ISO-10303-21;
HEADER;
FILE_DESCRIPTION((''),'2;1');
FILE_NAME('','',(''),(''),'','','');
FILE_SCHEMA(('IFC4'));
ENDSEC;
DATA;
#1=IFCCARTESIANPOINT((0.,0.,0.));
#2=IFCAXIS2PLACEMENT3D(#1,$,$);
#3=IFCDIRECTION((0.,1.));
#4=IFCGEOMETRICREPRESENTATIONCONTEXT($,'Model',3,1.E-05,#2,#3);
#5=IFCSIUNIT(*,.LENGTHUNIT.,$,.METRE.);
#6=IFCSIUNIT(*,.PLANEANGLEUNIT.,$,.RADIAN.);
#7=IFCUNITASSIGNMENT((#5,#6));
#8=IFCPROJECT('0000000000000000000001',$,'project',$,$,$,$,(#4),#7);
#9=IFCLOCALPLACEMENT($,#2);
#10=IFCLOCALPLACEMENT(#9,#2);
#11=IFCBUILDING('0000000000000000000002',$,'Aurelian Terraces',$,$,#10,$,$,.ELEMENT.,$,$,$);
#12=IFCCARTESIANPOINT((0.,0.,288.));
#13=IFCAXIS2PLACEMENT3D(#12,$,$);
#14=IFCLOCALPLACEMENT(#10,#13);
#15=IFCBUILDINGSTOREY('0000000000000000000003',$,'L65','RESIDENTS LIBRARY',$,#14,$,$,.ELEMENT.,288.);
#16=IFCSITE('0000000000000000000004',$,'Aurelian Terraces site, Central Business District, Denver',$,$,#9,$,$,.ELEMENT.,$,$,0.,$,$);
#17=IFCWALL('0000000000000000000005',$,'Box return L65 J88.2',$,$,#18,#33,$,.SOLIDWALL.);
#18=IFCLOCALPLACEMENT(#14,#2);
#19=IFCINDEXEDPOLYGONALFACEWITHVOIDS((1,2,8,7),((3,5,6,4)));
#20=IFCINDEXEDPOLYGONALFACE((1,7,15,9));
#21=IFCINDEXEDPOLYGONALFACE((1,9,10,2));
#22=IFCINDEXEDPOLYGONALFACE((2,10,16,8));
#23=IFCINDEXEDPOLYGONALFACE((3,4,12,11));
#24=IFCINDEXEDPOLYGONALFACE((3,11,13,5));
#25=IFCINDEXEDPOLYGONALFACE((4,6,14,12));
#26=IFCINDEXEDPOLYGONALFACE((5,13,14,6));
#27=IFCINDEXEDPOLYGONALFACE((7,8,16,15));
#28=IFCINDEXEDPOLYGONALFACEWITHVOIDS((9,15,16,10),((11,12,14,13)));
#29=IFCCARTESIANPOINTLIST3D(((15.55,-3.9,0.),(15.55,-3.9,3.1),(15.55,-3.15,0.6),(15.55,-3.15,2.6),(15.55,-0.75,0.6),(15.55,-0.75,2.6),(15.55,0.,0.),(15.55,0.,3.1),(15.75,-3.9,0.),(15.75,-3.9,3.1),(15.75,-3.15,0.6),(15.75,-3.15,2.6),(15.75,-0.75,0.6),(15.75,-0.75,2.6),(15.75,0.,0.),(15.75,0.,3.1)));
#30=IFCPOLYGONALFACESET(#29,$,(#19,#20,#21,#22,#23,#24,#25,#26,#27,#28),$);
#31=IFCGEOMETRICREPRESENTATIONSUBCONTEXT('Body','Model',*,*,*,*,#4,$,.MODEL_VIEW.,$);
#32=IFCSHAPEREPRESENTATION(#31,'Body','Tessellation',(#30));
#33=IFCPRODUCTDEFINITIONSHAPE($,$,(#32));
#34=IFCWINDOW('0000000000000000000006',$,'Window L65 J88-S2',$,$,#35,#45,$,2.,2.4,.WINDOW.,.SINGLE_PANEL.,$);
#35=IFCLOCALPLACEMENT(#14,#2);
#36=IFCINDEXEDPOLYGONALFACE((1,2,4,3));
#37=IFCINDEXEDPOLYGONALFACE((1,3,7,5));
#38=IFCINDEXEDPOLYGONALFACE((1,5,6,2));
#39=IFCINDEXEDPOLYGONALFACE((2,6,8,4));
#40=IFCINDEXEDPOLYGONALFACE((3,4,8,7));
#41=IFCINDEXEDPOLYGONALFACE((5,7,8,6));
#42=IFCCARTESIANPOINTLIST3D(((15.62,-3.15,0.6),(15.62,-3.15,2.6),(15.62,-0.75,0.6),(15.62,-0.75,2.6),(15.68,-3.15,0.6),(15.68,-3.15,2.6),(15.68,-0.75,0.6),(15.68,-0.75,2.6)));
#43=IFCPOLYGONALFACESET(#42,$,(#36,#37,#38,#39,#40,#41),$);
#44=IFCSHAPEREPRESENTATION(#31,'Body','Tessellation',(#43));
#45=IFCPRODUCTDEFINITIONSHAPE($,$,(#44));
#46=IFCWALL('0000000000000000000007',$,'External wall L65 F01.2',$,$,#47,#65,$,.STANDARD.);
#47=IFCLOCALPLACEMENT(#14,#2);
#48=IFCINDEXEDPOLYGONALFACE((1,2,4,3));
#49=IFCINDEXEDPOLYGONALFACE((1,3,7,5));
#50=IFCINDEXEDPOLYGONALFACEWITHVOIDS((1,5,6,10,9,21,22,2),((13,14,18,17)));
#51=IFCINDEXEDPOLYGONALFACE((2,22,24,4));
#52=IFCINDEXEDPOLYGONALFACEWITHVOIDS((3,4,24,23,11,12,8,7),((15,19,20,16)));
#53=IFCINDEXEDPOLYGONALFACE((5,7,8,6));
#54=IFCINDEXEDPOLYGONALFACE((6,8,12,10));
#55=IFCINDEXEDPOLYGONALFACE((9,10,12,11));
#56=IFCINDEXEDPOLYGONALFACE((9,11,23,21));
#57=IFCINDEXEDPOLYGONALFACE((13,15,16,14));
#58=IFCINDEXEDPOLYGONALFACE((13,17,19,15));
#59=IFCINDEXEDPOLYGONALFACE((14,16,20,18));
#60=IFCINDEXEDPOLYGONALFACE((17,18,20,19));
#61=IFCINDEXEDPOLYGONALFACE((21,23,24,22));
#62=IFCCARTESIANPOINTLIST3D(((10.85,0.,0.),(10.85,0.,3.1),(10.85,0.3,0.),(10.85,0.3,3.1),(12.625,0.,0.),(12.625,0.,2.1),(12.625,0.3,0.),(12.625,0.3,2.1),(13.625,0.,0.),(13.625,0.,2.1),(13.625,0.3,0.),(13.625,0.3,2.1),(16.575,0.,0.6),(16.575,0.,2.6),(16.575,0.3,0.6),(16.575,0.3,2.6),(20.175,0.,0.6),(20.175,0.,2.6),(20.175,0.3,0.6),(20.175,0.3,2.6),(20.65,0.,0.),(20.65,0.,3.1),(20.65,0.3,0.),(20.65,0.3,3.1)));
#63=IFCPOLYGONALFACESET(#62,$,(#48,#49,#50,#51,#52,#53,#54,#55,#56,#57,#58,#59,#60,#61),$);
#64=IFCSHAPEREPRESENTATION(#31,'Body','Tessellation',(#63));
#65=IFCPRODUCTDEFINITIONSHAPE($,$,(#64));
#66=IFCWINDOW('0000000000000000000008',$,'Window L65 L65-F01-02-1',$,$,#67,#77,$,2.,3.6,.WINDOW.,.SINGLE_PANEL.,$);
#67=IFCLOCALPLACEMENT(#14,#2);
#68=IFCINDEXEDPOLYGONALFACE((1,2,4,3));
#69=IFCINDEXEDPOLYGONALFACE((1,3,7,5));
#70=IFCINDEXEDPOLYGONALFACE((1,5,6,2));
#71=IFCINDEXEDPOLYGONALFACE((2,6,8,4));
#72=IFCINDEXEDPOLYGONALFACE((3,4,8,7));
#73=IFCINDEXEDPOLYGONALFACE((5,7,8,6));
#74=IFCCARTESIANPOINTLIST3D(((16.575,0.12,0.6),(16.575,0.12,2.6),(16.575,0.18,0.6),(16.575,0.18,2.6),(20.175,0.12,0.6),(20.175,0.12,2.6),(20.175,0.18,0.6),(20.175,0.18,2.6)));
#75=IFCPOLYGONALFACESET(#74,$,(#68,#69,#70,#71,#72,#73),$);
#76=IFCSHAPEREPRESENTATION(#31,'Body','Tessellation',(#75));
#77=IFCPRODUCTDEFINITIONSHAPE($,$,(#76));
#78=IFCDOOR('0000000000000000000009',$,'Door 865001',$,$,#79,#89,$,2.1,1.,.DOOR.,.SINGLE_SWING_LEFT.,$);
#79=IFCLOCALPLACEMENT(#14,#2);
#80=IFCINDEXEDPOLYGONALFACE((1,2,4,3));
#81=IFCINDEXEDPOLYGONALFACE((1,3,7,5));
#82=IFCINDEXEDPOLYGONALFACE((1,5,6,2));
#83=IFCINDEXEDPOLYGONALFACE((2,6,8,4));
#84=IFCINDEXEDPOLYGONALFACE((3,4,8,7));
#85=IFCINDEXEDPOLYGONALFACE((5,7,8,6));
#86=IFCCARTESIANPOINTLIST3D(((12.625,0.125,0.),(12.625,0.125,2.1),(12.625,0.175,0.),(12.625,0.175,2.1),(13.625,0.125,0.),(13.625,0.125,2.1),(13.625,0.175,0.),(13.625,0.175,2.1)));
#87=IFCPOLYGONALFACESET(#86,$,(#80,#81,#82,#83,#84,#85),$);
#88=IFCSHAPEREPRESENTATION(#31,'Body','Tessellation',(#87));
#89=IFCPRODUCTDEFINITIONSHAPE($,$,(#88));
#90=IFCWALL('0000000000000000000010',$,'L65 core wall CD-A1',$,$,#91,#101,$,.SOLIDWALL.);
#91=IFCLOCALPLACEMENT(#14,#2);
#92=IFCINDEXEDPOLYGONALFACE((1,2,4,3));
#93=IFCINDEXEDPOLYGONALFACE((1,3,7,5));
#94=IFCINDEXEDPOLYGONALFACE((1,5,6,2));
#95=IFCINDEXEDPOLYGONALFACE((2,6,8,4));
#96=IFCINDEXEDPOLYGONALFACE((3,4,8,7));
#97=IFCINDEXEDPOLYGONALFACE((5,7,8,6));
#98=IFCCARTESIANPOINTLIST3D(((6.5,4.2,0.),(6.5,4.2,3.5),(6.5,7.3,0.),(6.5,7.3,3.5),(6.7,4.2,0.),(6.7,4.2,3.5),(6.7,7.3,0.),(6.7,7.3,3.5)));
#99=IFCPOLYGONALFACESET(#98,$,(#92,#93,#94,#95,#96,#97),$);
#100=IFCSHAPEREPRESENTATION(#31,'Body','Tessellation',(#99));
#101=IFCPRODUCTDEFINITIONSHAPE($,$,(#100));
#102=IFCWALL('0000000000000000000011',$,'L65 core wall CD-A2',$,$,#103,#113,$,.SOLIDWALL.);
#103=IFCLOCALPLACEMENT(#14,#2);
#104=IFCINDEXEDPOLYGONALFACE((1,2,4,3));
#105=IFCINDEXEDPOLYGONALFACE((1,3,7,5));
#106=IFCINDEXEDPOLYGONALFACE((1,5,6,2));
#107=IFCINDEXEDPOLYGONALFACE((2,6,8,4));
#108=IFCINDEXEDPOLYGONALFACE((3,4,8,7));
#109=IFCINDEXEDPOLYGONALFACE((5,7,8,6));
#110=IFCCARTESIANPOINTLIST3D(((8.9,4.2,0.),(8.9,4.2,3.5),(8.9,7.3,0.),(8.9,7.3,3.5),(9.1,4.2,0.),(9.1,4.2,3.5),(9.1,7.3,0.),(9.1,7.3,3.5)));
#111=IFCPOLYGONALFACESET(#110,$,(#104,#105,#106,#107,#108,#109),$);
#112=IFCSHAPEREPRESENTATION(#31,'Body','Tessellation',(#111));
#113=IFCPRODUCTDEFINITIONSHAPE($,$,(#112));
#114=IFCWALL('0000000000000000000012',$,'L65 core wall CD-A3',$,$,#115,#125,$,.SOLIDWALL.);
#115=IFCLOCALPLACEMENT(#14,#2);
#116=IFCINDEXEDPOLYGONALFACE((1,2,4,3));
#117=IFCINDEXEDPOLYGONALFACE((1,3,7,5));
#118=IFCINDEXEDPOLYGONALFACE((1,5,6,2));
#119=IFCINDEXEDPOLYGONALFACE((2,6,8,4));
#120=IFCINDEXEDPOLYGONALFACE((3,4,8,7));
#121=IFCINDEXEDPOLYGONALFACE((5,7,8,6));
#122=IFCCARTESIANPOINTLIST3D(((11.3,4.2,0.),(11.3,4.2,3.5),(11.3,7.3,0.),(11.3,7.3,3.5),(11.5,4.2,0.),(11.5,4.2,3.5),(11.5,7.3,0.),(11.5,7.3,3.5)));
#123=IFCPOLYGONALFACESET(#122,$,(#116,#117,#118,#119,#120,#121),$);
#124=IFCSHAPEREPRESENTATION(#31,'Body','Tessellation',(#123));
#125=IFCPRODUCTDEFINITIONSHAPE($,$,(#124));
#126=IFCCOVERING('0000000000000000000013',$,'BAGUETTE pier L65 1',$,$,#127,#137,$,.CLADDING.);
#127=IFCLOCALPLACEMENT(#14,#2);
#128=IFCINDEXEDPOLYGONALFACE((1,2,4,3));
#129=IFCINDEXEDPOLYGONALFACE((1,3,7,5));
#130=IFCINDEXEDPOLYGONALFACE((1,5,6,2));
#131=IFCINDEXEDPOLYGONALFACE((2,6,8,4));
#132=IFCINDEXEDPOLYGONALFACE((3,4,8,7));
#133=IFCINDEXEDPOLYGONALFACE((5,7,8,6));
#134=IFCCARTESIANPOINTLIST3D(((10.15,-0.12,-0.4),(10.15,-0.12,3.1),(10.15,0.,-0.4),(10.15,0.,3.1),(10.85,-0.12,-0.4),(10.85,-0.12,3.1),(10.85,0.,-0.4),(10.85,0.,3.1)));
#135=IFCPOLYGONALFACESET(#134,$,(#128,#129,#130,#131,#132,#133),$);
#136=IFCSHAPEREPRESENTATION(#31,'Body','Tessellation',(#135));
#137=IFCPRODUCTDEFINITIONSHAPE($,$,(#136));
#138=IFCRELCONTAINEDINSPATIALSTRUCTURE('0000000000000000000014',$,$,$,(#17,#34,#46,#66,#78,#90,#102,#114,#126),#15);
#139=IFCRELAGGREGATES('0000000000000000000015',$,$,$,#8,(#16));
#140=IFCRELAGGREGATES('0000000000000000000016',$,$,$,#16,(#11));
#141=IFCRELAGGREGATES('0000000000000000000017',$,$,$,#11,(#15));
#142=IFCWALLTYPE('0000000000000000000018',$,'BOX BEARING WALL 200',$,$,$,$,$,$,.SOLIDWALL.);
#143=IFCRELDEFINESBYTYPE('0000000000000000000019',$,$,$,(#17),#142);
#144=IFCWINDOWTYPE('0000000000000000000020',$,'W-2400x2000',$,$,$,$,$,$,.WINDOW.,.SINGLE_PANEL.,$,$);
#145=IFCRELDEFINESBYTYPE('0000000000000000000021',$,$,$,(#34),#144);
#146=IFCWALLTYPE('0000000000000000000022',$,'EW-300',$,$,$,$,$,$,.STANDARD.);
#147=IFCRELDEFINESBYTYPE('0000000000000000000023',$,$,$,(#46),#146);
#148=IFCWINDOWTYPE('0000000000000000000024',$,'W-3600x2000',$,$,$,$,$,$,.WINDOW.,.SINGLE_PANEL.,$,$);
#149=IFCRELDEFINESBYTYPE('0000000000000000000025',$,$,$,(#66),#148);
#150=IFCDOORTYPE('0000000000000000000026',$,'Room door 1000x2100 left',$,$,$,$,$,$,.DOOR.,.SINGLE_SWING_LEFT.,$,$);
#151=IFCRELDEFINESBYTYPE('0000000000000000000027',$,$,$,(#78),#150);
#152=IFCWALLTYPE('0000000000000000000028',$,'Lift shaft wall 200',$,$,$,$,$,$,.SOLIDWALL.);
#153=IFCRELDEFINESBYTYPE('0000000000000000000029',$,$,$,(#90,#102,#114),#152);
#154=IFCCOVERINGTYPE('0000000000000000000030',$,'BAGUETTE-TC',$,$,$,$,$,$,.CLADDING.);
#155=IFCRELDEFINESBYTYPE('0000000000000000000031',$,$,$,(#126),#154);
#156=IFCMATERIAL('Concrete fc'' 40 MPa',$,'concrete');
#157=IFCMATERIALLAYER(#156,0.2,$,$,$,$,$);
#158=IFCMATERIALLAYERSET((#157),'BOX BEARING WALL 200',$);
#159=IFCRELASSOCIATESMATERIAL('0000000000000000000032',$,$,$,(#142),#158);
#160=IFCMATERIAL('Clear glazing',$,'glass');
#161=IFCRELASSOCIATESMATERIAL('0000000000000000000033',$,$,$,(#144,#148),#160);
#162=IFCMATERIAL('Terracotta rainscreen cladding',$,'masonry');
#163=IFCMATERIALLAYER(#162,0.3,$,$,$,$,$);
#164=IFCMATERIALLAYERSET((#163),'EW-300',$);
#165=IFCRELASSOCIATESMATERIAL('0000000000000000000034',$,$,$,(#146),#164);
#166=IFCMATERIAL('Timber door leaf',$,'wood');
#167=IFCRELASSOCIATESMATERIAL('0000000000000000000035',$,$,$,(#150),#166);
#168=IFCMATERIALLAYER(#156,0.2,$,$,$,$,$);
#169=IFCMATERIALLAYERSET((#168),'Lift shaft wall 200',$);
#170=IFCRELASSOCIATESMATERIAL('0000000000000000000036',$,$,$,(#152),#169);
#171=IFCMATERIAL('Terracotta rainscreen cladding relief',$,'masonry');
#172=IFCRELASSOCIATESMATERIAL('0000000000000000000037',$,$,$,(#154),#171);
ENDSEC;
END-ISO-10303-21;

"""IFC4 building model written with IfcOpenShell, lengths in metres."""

from ifc_helpers import new_model, si_unit, direction, frame, frame_2d, origin, origin_2d, place, context, subcontext, project, spatial, rectangle, extrude, source, transform, mapped, material, layer, layer_set, type_object, element, fill, save


model = new_model("IFC4")

# Units and contexts
model_context = context("Model", 3, precision=1e-05, world=origin(), true_north=direction((0.0, 1.0)))
body_context = subcontext(model_context, "Body", "Model", "MODEL_VIEW")
ifc_project = project(units=[si_unit("LENGTHUNIT", "METRE"), si_unit("PLANEANGLEUNIT", "RADIAN")], contexts=[model_context])

# Site, building, storey
site_placement = place(None, origin())
site = spatial("IfcSite", under=ifc_project, at=site_placement, Name="Aurelian Terraces site, Central Business District, Denver", CompositionType="ELEMENT", RefElevation=0.0)
building_placement = place(site_placement, origin())
building = spatial("IfcBuilding", under=site, at=building_placement, Name="Aurelian Terraces", CompositionType="ELEMENT")
storey_placement = place(building_placement, frame((0.0, 0.0, 288.0)))
storey = spatial("IfcBuildingStorey", under=building, at=storey_placement, Name="L65", Description="RESIDENTS LIBRARY", CompositionType="ELEMENT", Elevation=288.0)

# Shared definitions
ifc_material_1 = material(Name="Concrete fc' 40 MPa", Category="concrete")
ifc_layer_1 = layer(ifc_material_1, 0.2)
ifc_layer_set_1 = layer_set([ifc_layer_1], Name="BOX BEARING WALL 200")
wall_type_1 = type_object("IfcWallType", Name="BOX BEARING WALL 200", PredefinedType="SOLIDWALL", material=ifc_layer_set_1)
shared_shape_1 = source(origin(), body_context, "Body", "SweptSolid", [
    extrude(rectangle(XDim=2.4, YDim=2.0, at=frame_2d((1.2, 1.0))), frame((0.0, 0.11, 0.0), z_axis=(0.0, -1.0, 0.0), x_axis=(1.0, 0.0, 0.0)), (0.0, 0.0, 1.0), 0.22),
])
ifc_material_2 = material(Name="Clear glazing", Category="glass")
window_type_1 = type_object("IfcWindowType", Name="W-2400x2000", PartitioningType="SINGLE_PANEL", PredefinedType="WINDOW", material=ifc_material_2)
shared_shape_2 = source(origin(), body_context, "Body", "SweptSolid", [
    extrude(rectangle(XDim=2.4, YDim=2.0, at=frame_2d((1.2, 1.0))), frame((0.0, 0.03, 0.0), z_axis=(0.0, -1.0, 0.0), x_axis=(1.0, 0.0, 0.0)), (0.0, 0.0, 1.0), 0.06),
])
shared_shape_3 = source(origin(), body_context, "Body", "SweptSolid", [
    extrude(rectangle(XDim=3.6, YDim=2.0, at=frame_2d((1.8, 1.0))), frame((0.0, 0.16, 0.0), z_axis=(0.0, -1.0, 0.0), x_axis=(1.0, 0.0, 0.0)), (0.0, 0.0, 1.0), 0.32),
])
window_type_2 = type_object("IfcWindowType", Name="W-3600x2000", PartitioningType="SINGLE_PANEL", PredefinedType="WINDOW", material=ifc_material_2)
shared_shape_4 = source(origin(), body_context, "Body", "SweptSolid", [
    extrude(rectangle(XDim=3.6, YDim=2.0, at=frame_2d((1.8, 1.0))), frame((0.0, 0.03, 0.0), z_axis=(0.0, -1.0, 0.0), x_axis=(1.0, 0.0, 0.0)), (0.0, 0.0, 1.0), 0.06),
])

# Wall, opening, window
ifc_material_3 = material(Name="Terracotta rainscreen cladding", Category="masonry")
ifc_layer_2 = layer(ifc_material_3, 0.3)
ifc_layer_set_2 = layer_set([ifc_layer_2], Name="EW-300")
wall_type_2 = type_object("IfcWallType", Name="EW-300", PredefinedType="STANDARD", material=ifc_layer_set_2)
shared_shape_5 = source(origin(), body_context, "Body", "SweptSolid", [
    extrude(rectangle(XDim=3.9, YDim=0.2, at=frame_2d((1.95, 0.0))), origin(), (0.0, 0.0, 1.0), 3.1),
])
wall_1_placement = place(storey_placement, frame((15.65, 0.0, 0.0), z_axis=(0.0, 0.0, 1.0), x_axis=(0.0, -1.0, 0.0)))
wall_1 = element("IfcWall", 1, at=wall_1_placement, inside=storey, type_object=wall_type_1, Name="Box return L65 J88.2", PredefinedType="SOLIDWALL", context=body_context, shape_type="MappedRepresentation", body=[
    mapped(shared_shape_5, transform((0.0, 0.0, 0.0), scale=1.0)),
])
opening_1_placement = place(wall_1_placement, frame((0.75, 0.0, 0.6)))
opening_1 = element("IfcOpeningElement", 2, at=opening_1_placement, cuts=wall_1, PredefinedType="OPENING", context=body_context, shape_type="MappedRepresentation", body=[
    mapped(shared_shape_1, transform((0.0, 0.0, 0.0), scale=1.0)),
])
window_1_placement = place(opening_1_placement, origin())
window_1 = element("IfcWindow", 3, at=window_1_placement, inside=storey, type_object=window_type_1, Name="Window L65 J88-S2", OverallHeight=2.0, OverallWidth=2.4, PartitioningType="SINGLE_PANEL", PredefinedType="WINDOW", context=body_context, shape_type="MappedRepresentation", body=[
    mapped(shared_shape_2, transform((0.0, 0.0, 0.0), scale=1.0)),
])
fill(opening_1, window_1)

# Wall, openings, window, door
shared_shape_6 = source(origin(), body_context, "Body", "SweptSolid", [
    extrude(rectangle(XDim=9.8, YDim=0.3, at=frame_2d((4.9, 0.0))), origin(), (0.0, 0.0, 1.0), 3.1),
])
wall_2_placement = place(storey_placement, frame((10.85, 0.15, 0.0), z_axis=(0.0, 0.0, 1.0), x_axis=(1.0, 0.0, 0.0)))
wall_2 = element("IfcWall", 4, at=wall_2_placement, inside=storey, type_object=wall_type_2, Name="External wall L65 F01.2", PredefinedType="STANDARD", context=body_context, shape_type="MappedRepresentation", body=[
    mapped(shared_shape_6, transform((0.0, 0.0, 0.0), scale=1.0)),
])
opening_2_placement = place(wall_2_placement, frame((5.725, 0.0, 0.6)))
opening_2 = element("IfcOpeningElement", 5, at=opening_2_placement, cuts=wall_2, PredefinedType="OPENING", context=body_context, shape_type="MappedRepresentation", body=[
    mapped(shared_shape_3, transform((0.0, 0.0, 0.0), scale=1.0)),
])
shared_shape_7 = source(origin(), body_context, "Body", "SweptSolid", [
    extrude(rectangle(XDim=1.0, YDim=2.1, at=frame_2d((0.5, 1.05))), frame((0.0, 0.16, 0.0), z_axis=(0.0, -1.0, 0.0), x_axis=(1.0, 0.0, 0.0)), (0.0, 0.0, 1.0), 0.32),
])
opening_3_placement = place(wall_2_placement, frame((1.775, 0.0, 0.0)))
opening_3 = element("IfcOpeningElement", 6, at=opening_3_placement, cuts=wall_2, PredefinedType="OPENING", context=body_context, shape_type="MappedRepresentation", body=[
    mapped(shared_shape_7, transform((0.0, 0.0, 0.0), scale=1.0)),
])
window_2_placement = place(opening_2_placement, origin())
window_2 = element("IfcWindow", 7, at=window_2_placement, inside=storey, type_object=window_type_2, Name="Window L65 L65-F01-02-1", OverallHeight=2.0, OverallWidth=3.6, PartitioningType="SINGLE_PANEL", PredefinedType="WINDOW", context=body_context, shape_type="MappedRepresentation", body=[
    mapped(shared_shape_4, transform((0.0, 0.0, 0.0), scale=1.0)),
])
fill(opening_2, window_2)
ifc_material_4 = material(Name="Timber door leaf", Category="wood")
door_type_1 = type_object("IfcDoorType", Name="Room door 1000x2100 left", OperationType="SINGLE_SWING_LEFT", PredefinedType="DOOR", material=ifc_material_4)
shared_shape_8 = source(origin(), body_context, "Body", "SweptSolid", [
    extrude(rectangle(XDim=1.0, YDim=2.1, at=frame_2d((0.5, 1.05))), frame((0.0, 0.025, 0.0), z_axis=(0.0, -1.0, 0.0), x_axis=(1.0, 0.0, 0.0)), (0.0, 0.0, 1.0), 0.05),
])
door_1_placement = place(opening_3_placement, origin())
door_1 = element("IfcDoor", 8, at=door_1_placement, inside=storey, type_object=door_type_1, Name="Door 865001", OperationType="SINGLE_SWING_LEFT", OverallHeight=2.1, OverallWidth=1.0, PredefinedType="DOOR", context=body_context, shape_type="MappedRepresentation", body=[
    mapped(shared_shape_8, transform((0.0, 0.0, 0.0), scale=1.0)),
])
fill(opening_3, door_1)

# Walls
ifc_layer_3 = layer(ifc_material_1, 0.2)
ifc_layer_set_3 = layer_set([ifc_layer_3], Name="Lift shaft wall 200")
wall_type_3 = type_object("IfcWallType", Name="Lift shaft wall 200", PredefinedType="SOLIDWALL", material=ifc_layer_set_3)
shared_shape_9 = source(origin(), body_context, "Body", "SweptSolid", [
    extrude(rectangle(XDim=3.1, YDim=0.2, at=frame_2d((1.55, 0.0))), origin(), (0.0, 0.0, 1.0), 3.5),
])
for number, where, z_axis, x_axis, name in (
    (9, (6.6, 4.2, 0.0), (0.0, 0.0, 1.0), (0.0, 1.0, 0.0), "L65 core wall CD-A1"),
    (10, (9.0, 4.2, 0.0), (0.0, 0.0, 1.0), (0.0, 1.0, 0.0), "L65 core wall CD-A2"),
    (11, (11.4, 4.2, 0.0), (0.0, 0.0, 1.0), (0.0, 1.0, 0.0), "L65 core wall CD-A3"),
):
    element("IfcWall", number, at=place(storey_placement, frame(where, z_axis=z_axis, x_axis=x_axis)), inside=storey, type_object=wall_type_3, Name=name, PredefinedType="SOLIDWALL", context=body_context, shape_type="MappedRepresentation", body=[
        mapped(shared_shape_9, transform((0.0, 0.0, 0.0), scale=1.0)),
    ])

# Covering
ifc_material_5 = material(Name="Terracotta rainscreen cladding relief", Category="masonry")
covering_type = type_object("IfcCoveringType", Name="BAGUETTE-TC", PredefinedType="CLADDING", material=ifc_material_5)
shared_shape_10 = source(origin(), body_context, "Body", "SweptSolid", [
    extrude(rectangle(XDim=0.7, YDim=0.12, at=origin_2d()), origin(), (0.0, 0.0, 1.0), 3.5),
])
covering_placement = place(storey_placement, frame((10.5, -0.06, -0.4), z_axis=(0.0, 0.0, 1.0), x_axis=(1.0, 0.0, 0.0)))
element("IfcCovering", 12, at=covering_placement, inside=storey, type_object=covering_type, Name="BAGUETTE pier L65 1", PredefinedType="CLADDING", context=body_context, shape_type="MappedRepresentation", body=[
    mapped(shared_shape_10, transform((0.0, 0.0, 0.0), scale=1.0)),
])

save(model, "model.ifc")
